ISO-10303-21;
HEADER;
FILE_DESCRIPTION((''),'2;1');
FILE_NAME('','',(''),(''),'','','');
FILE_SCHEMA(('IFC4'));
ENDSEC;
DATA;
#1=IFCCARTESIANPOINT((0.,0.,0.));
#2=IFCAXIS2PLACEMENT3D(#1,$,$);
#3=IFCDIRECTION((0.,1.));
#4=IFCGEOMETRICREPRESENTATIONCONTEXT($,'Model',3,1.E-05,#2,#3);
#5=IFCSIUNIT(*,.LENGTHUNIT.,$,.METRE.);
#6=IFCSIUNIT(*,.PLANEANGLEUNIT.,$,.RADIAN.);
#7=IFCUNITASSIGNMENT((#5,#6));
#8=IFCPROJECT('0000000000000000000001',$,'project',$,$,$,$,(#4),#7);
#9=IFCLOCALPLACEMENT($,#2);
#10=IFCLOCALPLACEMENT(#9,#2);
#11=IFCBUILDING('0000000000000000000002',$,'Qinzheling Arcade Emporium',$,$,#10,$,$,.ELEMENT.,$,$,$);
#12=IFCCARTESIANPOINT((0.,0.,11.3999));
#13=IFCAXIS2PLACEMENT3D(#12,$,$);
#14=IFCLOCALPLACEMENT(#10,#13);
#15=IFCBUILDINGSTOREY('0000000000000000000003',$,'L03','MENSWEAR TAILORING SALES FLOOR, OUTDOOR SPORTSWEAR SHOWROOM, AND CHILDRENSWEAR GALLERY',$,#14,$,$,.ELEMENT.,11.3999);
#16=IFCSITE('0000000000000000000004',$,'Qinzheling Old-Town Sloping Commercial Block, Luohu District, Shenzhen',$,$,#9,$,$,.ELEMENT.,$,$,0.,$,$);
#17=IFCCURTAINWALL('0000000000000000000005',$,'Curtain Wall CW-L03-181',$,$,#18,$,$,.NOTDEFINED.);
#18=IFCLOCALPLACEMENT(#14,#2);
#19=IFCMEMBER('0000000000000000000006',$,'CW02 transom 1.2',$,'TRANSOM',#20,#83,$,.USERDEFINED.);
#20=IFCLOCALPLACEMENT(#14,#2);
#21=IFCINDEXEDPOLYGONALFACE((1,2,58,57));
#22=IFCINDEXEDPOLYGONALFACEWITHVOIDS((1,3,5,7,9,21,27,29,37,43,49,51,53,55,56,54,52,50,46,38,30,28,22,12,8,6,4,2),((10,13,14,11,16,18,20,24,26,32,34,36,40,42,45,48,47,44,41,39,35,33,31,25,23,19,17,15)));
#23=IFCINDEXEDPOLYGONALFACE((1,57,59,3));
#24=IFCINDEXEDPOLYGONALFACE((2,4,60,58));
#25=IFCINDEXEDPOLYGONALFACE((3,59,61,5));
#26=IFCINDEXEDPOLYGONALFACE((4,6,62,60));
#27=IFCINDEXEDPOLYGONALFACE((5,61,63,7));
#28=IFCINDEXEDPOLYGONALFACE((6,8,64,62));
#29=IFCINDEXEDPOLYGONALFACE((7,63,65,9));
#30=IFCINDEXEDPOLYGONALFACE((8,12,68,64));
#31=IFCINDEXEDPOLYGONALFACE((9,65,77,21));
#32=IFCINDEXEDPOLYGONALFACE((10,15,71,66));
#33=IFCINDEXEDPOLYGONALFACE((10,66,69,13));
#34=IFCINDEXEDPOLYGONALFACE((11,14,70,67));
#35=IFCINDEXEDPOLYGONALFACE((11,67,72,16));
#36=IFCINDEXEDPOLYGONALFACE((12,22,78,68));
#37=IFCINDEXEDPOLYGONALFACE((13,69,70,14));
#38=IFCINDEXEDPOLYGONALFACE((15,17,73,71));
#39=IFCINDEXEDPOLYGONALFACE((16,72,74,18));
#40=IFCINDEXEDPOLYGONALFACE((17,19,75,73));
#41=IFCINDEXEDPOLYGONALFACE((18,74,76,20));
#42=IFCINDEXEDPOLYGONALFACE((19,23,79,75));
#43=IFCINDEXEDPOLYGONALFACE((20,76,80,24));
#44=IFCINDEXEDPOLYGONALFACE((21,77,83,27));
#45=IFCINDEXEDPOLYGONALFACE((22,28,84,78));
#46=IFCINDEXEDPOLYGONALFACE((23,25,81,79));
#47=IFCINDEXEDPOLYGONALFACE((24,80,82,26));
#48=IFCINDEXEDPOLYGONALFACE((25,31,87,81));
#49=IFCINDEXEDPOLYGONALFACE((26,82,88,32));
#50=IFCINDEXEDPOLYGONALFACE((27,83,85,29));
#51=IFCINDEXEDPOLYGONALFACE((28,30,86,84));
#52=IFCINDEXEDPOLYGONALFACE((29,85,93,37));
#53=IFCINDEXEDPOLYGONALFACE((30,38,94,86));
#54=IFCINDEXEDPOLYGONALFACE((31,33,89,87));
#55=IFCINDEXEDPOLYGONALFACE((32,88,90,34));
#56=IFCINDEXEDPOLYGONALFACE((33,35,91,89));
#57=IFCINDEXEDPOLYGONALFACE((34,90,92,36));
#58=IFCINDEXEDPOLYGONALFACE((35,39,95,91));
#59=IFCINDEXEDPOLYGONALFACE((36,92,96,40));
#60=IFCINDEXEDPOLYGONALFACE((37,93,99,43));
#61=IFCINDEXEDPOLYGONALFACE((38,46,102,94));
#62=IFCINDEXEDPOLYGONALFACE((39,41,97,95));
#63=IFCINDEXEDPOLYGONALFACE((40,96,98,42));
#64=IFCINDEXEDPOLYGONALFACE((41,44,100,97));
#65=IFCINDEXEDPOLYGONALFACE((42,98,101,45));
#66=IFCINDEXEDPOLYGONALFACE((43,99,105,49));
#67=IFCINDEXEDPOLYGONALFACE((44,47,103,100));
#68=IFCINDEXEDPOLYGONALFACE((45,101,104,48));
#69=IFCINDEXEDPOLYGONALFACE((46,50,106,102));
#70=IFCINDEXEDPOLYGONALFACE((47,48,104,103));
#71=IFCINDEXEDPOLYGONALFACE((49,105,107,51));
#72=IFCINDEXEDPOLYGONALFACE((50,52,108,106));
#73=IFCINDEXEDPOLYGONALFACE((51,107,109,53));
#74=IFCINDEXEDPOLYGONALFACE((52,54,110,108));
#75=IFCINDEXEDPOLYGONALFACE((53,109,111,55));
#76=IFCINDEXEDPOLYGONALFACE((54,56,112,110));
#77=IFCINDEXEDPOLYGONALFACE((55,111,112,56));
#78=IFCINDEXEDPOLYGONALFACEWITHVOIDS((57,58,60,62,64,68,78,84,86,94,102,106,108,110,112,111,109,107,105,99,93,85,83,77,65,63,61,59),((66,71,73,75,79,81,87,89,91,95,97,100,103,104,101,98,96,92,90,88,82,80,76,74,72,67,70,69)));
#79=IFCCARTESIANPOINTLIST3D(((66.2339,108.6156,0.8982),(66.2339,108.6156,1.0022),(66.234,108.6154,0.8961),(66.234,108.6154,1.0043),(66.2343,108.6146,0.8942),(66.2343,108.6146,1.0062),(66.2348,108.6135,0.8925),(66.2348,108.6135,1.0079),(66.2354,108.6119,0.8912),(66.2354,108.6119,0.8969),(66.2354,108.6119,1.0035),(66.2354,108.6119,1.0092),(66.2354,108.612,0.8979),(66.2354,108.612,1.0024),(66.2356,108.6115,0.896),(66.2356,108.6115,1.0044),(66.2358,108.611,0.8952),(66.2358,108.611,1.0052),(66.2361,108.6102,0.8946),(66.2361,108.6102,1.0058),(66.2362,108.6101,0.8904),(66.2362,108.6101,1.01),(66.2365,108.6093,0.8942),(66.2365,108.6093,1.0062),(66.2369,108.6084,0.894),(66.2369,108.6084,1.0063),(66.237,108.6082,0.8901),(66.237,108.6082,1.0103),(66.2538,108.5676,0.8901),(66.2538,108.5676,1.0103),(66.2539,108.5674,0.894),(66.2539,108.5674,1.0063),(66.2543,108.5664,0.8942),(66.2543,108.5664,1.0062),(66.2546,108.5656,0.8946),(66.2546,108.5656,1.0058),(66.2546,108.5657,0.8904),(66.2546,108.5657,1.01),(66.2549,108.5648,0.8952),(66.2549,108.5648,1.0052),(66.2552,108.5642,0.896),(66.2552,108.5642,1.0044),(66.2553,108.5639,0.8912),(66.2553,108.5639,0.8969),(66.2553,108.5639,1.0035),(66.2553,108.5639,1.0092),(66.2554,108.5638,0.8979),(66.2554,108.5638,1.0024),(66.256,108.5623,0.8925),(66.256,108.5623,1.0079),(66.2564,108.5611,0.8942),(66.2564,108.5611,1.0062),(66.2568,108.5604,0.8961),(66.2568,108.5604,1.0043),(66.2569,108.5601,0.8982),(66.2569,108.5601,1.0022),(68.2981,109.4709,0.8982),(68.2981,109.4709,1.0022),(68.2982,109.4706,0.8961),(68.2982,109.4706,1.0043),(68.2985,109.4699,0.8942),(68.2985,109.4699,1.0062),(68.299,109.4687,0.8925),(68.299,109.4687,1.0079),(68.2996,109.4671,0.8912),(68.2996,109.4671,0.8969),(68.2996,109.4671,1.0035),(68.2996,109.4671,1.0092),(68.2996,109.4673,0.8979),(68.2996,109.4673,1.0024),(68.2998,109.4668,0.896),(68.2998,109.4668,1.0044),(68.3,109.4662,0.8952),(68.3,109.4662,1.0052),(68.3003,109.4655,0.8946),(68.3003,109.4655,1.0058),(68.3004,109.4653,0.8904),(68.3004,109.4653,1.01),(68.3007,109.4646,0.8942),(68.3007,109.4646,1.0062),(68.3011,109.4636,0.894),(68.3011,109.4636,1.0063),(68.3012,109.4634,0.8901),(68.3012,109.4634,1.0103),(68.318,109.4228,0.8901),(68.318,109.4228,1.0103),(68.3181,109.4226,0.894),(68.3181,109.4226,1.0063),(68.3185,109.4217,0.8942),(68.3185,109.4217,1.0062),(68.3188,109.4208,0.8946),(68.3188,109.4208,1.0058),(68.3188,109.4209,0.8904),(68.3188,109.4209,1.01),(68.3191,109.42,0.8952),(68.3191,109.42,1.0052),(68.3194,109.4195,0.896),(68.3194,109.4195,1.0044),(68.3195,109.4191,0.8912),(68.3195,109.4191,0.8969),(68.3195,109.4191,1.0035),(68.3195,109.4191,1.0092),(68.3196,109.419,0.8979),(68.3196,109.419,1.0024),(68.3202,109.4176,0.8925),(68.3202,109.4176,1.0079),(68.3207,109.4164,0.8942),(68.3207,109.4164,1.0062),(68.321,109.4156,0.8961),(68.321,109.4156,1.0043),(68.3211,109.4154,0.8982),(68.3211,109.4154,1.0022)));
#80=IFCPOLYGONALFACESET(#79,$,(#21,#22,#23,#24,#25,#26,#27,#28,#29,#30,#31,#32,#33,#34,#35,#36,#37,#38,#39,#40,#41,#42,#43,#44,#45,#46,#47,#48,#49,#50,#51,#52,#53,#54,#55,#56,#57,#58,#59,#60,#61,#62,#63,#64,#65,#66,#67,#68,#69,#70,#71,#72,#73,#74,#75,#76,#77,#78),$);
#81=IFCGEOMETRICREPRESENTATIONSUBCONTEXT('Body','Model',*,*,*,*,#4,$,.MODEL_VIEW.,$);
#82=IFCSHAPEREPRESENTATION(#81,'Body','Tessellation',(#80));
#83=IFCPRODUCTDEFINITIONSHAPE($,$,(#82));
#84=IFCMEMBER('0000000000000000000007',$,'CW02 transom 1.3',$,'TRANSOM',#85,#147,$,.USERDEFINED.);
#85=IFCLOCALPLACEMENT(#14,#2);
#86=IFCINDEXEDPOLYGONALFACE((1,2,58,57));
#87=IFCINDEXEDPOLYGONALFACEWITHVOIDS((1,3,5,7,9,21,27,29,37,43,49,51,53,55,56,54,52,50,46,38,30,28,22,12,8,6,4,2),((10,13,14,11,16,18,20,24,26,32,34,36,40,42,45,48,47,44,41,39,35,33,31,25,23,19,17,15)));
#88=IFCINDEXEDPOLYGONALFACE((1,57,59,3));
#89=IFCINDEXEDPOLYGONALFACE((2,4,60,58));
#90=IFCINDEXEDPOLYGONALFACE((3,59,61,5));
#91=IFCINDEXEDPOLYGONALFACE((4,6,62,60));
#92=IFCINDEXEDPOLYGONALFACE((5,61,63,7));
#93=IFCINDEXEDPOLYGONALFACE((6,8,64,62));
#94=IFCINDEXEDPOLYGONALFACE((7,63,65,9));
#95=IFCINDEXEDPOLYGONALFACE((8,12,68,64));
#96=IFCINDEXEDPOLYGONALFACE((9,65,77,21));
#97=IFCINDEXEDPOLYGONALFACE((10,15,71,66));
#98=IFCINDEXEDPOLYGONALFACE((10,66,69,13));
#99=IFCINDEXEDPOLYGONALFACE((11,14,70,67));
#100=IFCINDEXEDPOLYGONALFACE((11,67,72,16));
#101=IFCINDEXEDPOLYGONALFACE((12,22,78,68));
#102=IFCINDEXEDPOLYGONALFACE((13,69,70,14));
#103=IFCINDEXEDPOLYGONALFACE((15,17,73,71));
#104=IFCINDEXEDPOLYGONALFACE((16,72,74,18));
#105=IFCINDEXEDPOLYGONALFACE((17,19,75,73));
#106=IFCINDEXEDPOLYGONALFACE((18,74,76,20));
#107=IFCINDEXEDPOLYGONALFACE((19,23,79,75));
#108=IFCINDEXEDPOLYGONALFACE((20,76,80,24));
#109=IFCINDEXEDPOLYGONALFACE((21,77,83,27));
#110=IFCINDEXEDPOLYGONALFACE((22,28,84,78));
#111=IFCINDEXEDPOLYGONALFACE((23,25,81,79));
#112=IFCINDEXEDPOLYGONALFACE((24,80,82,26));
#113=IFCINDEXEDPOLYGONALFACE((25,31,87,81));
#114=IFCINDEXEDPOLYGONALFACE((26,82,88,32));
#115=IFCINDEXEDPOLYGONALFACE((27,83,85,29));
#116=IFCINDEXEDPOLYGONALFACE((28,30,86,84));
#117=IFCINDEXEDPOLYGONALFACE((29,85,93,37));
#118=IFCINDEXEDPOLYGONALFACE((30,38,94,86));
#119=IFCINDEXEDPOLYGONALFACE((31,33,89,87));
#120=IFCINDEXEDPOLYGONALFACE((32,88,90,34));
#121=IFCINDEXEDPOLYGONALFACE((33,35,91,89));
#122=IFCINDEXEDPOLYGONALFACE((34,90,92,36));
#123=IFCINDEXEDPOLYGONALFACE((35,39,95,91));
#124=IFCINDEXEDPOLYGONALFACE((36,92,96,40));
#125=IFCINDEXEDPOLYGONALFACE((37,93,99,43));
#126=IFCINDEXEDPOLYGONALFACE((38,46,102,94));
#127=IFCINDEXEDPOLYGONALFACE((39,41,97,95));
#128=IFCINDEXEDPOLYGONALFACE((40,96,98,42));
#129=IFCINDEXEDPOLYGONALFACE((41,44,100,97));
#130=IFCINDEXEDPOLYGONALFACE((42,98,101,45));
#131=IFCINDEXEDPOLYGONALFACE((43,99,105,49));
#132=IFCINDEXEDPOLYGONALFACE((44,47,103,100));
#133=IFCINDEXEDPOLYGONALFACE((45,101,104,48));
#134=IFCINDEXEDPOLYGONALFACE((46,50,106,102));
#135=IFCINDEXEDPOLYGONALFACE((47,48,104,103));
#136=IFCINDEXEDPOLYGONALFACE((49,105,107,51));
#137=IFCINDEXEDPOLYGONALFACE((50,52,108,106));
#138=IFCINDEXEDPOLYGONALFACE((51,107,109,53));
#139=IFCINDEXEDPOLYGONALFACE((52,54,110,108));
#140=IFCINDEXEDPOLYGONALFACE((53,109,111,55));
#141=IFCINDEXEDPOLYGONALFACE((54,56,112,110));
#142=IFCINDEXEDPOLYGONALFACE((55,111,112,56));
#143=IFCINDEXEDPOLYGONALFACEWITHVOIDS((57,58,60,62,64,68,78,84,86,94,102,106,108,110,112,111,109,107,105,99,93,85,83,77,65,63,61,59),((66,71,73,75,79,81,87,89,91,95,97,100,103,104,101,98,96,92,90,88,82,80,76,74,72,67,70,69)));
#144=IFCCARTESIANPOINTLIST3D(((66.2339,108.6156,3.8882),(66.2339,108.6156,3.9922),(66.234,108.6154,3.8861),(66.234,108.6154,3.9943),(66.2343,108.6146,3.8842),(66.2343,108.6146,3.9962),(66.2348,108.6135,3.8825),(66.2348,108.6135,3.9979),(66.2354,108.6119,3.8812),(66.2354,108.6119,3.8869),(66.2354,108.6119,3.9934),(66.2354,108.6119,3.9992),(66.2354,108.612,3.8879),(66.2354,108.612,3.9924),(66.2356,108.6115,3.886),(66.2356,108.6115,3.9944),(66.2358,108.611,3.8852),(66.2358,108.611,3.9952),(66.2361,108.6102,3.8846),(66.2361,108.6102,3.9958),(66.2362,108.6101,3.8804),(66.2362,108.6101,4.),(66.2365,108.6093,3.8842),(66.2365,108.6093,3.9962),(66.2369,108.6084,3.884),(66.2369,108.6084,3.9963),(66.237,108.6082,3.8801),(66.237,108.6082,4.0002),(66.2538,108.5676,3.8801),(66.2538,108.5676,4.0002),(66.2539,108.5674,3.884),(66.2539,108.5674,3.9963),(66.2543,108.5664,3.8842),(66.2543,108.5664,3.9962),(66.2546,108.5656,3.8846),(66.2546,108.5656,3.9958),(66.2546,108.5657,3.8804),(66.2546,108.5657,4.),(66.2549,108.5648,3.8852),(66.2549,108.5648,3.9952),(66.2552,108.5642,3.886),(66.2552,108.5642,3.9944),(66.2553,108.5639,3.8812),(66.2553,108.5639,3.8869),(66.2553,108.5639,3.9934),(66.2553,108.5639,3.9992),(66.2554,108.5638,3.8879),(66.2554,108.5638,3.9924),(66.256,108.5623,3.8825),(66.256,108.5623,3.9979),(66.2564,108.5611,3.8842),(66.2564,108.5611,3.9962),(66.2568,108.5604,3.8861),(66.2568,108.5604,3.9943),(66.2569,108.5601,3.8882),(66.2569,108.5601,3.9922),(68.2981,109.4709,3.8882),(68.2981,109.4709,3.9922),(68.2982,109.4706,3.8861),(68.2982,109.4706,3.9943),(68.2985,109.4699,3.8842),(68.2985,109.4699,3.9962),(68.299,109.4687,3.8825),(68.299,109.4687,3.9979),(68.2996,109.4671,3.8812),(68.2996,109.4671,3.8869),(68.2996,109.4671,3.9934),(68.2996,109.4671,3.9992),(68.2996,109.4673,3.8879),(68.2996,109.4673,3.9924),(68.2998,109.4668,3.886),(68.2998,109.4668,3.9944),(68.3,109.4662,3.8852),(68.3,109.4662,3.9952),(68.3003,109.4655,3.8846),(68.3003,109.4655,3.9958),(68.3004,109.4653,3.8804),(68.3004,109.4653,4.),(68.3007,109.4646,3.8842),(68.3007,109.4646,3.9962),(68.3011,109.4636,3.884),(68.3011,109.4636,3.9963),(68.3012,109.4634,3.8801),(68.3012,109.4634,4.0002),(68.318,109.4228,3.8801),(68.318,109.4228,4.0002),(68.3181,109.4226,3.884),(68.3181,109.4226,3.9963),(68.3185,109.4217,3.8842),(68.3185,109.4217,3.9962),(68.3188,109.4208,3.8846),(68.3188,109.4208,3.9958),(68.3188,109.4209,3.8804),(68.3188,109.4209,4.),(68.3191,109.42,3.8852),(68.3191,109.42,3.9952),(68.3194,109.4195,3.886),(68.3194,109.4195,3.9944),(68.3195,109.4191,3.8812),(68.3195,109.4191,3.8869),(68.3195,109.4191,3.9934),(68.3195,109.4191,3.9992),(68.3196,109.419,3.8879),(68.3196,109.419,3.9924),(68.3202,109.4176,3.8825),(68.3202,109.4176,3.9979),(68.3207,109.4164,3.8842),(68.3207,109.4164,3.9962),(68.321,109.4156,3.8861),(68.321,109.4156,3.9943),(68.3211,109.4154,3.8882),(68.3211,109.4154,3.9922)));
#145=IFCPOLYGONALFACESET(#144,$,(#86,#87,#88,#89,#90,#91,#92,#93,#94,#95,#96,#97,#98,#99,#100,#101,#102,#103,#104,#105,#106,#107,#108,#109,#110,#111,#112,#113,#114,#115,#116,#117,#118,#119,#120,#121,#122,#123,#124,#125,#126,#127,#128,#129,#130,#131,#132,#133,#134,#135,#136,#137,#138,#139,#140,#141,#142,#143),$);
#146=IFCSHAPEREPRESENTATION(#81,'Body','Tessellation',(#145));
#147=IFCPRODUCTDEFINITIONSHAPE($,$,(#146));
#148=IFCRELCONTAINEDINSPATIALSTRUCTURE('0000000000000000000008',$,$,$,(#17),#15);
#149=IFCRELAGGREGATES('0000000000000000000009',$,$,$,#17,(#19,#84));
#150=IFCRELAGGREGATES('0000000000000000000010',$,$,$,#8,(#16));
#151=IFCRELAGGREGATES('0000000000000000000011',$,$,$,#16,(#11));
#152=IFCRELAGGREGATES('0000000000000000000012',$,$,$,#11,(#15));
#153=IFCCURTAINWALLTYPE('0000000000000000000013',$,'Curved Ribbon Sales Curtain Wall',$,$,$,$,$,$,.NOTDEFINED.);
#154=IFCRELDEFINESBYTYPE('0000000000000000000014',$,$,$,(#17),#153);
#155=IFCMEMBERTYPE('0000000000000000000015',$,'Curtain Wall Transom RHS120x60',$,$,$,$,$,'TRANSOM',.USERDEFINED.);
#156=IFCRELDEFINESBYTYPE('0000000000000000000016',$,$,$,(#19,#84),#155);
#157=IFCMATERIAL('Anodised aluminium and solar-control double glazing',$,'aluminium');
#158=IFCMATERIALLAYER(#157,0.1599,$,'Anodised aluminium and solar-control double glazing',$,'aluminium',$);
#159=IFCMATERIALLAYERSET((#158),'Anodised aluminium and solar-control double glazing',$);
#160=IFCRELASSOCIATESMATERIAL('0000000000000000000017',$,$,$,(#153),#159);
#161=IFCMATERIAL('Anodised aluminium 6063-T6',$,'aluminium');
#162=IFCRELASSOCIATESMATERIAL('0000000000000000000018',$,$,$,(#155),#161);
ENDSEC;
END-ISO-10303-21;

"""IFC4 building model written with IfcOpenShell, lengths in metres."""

from ifc_helpers import new_model, si_unit, direction, frame, origin, origin_2d, place, context, subcontext, project, spatial, hollow_rectangle, extrude, material, layer, layer_set, material_profile, profile_set, type_object, element, aggregate, save


model = new_model("IFC4")

# Units and contexts
model_context = context("Model", 3, precision=1e-05, world=origin(), true_north=direction((0.0, 1.0)))
body_context = subcontext(model_context, "Body", "Model", "MODEL_VIEW")
ifc_project = project(units=[si_unit("LENGTHUNIT", "METRE"), si_unit("PLANEANGLEUNIT", "RADIAN")], contexts=[model_context])

# Site, building, storey
site_placement = place(None, origin())
site = spatial("IfcSite", under=ifc_project, at=site_placement, Name="Qinzheling Old-Town Sloping Commercial Block, Luohu District, Shenzhen", CompositionType="ELEMENT", RefElevation=0.0)
building_placement = place(site_placement, origin())
building = spatial("IfcBuilding", under=site, at=building_placement, Name="Qinzheling Arcade Emporium", CompositionType="ELEMENT")
storey_placement = place(building_placement, frame((0.0, 0.0, 11.3999)))
storey = spatial("IfcBuildingStorey", under=building, at=storey_placement, Name="L03", Description="MENSWEAR TAILORING SALES FLOOR, OUTDOOR SPORTSWEAR SHOWROOM, AND CHILDRENSWEAR GALLERY", CompositionType="ELEMENT", Elevation=11.3999)

# Shared definitions
ifc_material_1 = material(Name="Anodised aluminium and solar-control double glazing", Category="aluminium")
ifc_layer_1 = layer(ifc_material_1, 0.1599, Name="Anodised aluminium and solar-control double glazing", Category="aluminium")
ifc_layer_set_1 = layer_set([ifc_layer_1], Name="Anodised aluminium and solar-control double glazing")
curtain_wall_type = type_object("IfcCurtainWallType", Name="Curved Ribbon Sales Curtain Wall", PredefinedType="NOTDEFINED", material=ifc_layer_set_1)
ifc_material_2 = material(Name="Anodised aluminium 6063-T6", Category="aluminium")

# Curtain wall, members
curtain_wall_1_placement = place(storey_placement, origin())
curtain_wall_1 = element("IfcCurtainWall", 1, at=curtain_wall_1_placement, inside=storey, type_object=curtain_wall_type, Name="Curtain Wall CW-L03-181", PredefinedType="NOTDEFINED")
ifc_material_profile_1 = material_profile(ifc_material_2, hollow_rectangle(XDim=0.0601, YDim=0.1201, WallThickness=0.0039, InnerFilletRadius=0.0039, OuterFilletRadius=0.0081, at=origin_2d()), Name="RHS 120x60x4", Category="aluminium")
ifc_profile_set_1 = profile_set([ifc_material_profile_1], Name="Anodised aluminium 6063-T6")
member_type_1 = type_object("IfcMemberType", Name="Curtain Wall Transom RHS120x60", ElementType="TRANSOM", PredefinedType="USERDEFINED", material=ifc_profile_set_1)
member_1_placement = place(storey_placement, frame((66.2454, 108.5879, 0.9502), z_axis=(0.923848, 0.38276, 0.0), x_axis=(-0.38276, 0.923848, 0.0)))
member_1 = element("IfcMember", 2, at=member_1_placement, type_object=member_type_1, Name="CW02 transom 1.2", ObjectType="TRANSOM", PredefinedType="USERDEFINED", context=body_context, shape_type="SweptSolid", body=[
    extrude(hollow_rectangle(XDim=0.0601, YDim=0.1201, WallThickness=0.0039, InnerFilletRadius=0.0039, OuterFilletRadius=0.0081, at=origin_2d()), origin(), (0.0, 0.0, 1.0), 2.2344),
])
member_2_placement = place(storey_placement, frame((66.2454, 108.5879, 3.9402), z_axis=(0.923848, 0.38276, 0.0), x_axis=(-0.38276, 0.923848, 0.0)))
member_2 = element("IfcMember", 3, at=member_2_placement, type_object=member_type_1, Name="CW02 transom 1.3", ObjectType="TRANSOM", PredefinedType="USERDEFINED", context=body_context, shape_type="SweptSolid", body=[
    extrude(hollow_rectangle(XDim=0.0601, YDim=0.1201, WallThickness=0.0039, InnerFilletRadius=0.0039, OuterFilletRadius=0.0081, at=origin_2d()), origin(), (0.0, 0.0, 1.0), 2.2344),
])

aggregate(curtain_wall_1, [member_1, member_2])

save(model, "model.ifc")
